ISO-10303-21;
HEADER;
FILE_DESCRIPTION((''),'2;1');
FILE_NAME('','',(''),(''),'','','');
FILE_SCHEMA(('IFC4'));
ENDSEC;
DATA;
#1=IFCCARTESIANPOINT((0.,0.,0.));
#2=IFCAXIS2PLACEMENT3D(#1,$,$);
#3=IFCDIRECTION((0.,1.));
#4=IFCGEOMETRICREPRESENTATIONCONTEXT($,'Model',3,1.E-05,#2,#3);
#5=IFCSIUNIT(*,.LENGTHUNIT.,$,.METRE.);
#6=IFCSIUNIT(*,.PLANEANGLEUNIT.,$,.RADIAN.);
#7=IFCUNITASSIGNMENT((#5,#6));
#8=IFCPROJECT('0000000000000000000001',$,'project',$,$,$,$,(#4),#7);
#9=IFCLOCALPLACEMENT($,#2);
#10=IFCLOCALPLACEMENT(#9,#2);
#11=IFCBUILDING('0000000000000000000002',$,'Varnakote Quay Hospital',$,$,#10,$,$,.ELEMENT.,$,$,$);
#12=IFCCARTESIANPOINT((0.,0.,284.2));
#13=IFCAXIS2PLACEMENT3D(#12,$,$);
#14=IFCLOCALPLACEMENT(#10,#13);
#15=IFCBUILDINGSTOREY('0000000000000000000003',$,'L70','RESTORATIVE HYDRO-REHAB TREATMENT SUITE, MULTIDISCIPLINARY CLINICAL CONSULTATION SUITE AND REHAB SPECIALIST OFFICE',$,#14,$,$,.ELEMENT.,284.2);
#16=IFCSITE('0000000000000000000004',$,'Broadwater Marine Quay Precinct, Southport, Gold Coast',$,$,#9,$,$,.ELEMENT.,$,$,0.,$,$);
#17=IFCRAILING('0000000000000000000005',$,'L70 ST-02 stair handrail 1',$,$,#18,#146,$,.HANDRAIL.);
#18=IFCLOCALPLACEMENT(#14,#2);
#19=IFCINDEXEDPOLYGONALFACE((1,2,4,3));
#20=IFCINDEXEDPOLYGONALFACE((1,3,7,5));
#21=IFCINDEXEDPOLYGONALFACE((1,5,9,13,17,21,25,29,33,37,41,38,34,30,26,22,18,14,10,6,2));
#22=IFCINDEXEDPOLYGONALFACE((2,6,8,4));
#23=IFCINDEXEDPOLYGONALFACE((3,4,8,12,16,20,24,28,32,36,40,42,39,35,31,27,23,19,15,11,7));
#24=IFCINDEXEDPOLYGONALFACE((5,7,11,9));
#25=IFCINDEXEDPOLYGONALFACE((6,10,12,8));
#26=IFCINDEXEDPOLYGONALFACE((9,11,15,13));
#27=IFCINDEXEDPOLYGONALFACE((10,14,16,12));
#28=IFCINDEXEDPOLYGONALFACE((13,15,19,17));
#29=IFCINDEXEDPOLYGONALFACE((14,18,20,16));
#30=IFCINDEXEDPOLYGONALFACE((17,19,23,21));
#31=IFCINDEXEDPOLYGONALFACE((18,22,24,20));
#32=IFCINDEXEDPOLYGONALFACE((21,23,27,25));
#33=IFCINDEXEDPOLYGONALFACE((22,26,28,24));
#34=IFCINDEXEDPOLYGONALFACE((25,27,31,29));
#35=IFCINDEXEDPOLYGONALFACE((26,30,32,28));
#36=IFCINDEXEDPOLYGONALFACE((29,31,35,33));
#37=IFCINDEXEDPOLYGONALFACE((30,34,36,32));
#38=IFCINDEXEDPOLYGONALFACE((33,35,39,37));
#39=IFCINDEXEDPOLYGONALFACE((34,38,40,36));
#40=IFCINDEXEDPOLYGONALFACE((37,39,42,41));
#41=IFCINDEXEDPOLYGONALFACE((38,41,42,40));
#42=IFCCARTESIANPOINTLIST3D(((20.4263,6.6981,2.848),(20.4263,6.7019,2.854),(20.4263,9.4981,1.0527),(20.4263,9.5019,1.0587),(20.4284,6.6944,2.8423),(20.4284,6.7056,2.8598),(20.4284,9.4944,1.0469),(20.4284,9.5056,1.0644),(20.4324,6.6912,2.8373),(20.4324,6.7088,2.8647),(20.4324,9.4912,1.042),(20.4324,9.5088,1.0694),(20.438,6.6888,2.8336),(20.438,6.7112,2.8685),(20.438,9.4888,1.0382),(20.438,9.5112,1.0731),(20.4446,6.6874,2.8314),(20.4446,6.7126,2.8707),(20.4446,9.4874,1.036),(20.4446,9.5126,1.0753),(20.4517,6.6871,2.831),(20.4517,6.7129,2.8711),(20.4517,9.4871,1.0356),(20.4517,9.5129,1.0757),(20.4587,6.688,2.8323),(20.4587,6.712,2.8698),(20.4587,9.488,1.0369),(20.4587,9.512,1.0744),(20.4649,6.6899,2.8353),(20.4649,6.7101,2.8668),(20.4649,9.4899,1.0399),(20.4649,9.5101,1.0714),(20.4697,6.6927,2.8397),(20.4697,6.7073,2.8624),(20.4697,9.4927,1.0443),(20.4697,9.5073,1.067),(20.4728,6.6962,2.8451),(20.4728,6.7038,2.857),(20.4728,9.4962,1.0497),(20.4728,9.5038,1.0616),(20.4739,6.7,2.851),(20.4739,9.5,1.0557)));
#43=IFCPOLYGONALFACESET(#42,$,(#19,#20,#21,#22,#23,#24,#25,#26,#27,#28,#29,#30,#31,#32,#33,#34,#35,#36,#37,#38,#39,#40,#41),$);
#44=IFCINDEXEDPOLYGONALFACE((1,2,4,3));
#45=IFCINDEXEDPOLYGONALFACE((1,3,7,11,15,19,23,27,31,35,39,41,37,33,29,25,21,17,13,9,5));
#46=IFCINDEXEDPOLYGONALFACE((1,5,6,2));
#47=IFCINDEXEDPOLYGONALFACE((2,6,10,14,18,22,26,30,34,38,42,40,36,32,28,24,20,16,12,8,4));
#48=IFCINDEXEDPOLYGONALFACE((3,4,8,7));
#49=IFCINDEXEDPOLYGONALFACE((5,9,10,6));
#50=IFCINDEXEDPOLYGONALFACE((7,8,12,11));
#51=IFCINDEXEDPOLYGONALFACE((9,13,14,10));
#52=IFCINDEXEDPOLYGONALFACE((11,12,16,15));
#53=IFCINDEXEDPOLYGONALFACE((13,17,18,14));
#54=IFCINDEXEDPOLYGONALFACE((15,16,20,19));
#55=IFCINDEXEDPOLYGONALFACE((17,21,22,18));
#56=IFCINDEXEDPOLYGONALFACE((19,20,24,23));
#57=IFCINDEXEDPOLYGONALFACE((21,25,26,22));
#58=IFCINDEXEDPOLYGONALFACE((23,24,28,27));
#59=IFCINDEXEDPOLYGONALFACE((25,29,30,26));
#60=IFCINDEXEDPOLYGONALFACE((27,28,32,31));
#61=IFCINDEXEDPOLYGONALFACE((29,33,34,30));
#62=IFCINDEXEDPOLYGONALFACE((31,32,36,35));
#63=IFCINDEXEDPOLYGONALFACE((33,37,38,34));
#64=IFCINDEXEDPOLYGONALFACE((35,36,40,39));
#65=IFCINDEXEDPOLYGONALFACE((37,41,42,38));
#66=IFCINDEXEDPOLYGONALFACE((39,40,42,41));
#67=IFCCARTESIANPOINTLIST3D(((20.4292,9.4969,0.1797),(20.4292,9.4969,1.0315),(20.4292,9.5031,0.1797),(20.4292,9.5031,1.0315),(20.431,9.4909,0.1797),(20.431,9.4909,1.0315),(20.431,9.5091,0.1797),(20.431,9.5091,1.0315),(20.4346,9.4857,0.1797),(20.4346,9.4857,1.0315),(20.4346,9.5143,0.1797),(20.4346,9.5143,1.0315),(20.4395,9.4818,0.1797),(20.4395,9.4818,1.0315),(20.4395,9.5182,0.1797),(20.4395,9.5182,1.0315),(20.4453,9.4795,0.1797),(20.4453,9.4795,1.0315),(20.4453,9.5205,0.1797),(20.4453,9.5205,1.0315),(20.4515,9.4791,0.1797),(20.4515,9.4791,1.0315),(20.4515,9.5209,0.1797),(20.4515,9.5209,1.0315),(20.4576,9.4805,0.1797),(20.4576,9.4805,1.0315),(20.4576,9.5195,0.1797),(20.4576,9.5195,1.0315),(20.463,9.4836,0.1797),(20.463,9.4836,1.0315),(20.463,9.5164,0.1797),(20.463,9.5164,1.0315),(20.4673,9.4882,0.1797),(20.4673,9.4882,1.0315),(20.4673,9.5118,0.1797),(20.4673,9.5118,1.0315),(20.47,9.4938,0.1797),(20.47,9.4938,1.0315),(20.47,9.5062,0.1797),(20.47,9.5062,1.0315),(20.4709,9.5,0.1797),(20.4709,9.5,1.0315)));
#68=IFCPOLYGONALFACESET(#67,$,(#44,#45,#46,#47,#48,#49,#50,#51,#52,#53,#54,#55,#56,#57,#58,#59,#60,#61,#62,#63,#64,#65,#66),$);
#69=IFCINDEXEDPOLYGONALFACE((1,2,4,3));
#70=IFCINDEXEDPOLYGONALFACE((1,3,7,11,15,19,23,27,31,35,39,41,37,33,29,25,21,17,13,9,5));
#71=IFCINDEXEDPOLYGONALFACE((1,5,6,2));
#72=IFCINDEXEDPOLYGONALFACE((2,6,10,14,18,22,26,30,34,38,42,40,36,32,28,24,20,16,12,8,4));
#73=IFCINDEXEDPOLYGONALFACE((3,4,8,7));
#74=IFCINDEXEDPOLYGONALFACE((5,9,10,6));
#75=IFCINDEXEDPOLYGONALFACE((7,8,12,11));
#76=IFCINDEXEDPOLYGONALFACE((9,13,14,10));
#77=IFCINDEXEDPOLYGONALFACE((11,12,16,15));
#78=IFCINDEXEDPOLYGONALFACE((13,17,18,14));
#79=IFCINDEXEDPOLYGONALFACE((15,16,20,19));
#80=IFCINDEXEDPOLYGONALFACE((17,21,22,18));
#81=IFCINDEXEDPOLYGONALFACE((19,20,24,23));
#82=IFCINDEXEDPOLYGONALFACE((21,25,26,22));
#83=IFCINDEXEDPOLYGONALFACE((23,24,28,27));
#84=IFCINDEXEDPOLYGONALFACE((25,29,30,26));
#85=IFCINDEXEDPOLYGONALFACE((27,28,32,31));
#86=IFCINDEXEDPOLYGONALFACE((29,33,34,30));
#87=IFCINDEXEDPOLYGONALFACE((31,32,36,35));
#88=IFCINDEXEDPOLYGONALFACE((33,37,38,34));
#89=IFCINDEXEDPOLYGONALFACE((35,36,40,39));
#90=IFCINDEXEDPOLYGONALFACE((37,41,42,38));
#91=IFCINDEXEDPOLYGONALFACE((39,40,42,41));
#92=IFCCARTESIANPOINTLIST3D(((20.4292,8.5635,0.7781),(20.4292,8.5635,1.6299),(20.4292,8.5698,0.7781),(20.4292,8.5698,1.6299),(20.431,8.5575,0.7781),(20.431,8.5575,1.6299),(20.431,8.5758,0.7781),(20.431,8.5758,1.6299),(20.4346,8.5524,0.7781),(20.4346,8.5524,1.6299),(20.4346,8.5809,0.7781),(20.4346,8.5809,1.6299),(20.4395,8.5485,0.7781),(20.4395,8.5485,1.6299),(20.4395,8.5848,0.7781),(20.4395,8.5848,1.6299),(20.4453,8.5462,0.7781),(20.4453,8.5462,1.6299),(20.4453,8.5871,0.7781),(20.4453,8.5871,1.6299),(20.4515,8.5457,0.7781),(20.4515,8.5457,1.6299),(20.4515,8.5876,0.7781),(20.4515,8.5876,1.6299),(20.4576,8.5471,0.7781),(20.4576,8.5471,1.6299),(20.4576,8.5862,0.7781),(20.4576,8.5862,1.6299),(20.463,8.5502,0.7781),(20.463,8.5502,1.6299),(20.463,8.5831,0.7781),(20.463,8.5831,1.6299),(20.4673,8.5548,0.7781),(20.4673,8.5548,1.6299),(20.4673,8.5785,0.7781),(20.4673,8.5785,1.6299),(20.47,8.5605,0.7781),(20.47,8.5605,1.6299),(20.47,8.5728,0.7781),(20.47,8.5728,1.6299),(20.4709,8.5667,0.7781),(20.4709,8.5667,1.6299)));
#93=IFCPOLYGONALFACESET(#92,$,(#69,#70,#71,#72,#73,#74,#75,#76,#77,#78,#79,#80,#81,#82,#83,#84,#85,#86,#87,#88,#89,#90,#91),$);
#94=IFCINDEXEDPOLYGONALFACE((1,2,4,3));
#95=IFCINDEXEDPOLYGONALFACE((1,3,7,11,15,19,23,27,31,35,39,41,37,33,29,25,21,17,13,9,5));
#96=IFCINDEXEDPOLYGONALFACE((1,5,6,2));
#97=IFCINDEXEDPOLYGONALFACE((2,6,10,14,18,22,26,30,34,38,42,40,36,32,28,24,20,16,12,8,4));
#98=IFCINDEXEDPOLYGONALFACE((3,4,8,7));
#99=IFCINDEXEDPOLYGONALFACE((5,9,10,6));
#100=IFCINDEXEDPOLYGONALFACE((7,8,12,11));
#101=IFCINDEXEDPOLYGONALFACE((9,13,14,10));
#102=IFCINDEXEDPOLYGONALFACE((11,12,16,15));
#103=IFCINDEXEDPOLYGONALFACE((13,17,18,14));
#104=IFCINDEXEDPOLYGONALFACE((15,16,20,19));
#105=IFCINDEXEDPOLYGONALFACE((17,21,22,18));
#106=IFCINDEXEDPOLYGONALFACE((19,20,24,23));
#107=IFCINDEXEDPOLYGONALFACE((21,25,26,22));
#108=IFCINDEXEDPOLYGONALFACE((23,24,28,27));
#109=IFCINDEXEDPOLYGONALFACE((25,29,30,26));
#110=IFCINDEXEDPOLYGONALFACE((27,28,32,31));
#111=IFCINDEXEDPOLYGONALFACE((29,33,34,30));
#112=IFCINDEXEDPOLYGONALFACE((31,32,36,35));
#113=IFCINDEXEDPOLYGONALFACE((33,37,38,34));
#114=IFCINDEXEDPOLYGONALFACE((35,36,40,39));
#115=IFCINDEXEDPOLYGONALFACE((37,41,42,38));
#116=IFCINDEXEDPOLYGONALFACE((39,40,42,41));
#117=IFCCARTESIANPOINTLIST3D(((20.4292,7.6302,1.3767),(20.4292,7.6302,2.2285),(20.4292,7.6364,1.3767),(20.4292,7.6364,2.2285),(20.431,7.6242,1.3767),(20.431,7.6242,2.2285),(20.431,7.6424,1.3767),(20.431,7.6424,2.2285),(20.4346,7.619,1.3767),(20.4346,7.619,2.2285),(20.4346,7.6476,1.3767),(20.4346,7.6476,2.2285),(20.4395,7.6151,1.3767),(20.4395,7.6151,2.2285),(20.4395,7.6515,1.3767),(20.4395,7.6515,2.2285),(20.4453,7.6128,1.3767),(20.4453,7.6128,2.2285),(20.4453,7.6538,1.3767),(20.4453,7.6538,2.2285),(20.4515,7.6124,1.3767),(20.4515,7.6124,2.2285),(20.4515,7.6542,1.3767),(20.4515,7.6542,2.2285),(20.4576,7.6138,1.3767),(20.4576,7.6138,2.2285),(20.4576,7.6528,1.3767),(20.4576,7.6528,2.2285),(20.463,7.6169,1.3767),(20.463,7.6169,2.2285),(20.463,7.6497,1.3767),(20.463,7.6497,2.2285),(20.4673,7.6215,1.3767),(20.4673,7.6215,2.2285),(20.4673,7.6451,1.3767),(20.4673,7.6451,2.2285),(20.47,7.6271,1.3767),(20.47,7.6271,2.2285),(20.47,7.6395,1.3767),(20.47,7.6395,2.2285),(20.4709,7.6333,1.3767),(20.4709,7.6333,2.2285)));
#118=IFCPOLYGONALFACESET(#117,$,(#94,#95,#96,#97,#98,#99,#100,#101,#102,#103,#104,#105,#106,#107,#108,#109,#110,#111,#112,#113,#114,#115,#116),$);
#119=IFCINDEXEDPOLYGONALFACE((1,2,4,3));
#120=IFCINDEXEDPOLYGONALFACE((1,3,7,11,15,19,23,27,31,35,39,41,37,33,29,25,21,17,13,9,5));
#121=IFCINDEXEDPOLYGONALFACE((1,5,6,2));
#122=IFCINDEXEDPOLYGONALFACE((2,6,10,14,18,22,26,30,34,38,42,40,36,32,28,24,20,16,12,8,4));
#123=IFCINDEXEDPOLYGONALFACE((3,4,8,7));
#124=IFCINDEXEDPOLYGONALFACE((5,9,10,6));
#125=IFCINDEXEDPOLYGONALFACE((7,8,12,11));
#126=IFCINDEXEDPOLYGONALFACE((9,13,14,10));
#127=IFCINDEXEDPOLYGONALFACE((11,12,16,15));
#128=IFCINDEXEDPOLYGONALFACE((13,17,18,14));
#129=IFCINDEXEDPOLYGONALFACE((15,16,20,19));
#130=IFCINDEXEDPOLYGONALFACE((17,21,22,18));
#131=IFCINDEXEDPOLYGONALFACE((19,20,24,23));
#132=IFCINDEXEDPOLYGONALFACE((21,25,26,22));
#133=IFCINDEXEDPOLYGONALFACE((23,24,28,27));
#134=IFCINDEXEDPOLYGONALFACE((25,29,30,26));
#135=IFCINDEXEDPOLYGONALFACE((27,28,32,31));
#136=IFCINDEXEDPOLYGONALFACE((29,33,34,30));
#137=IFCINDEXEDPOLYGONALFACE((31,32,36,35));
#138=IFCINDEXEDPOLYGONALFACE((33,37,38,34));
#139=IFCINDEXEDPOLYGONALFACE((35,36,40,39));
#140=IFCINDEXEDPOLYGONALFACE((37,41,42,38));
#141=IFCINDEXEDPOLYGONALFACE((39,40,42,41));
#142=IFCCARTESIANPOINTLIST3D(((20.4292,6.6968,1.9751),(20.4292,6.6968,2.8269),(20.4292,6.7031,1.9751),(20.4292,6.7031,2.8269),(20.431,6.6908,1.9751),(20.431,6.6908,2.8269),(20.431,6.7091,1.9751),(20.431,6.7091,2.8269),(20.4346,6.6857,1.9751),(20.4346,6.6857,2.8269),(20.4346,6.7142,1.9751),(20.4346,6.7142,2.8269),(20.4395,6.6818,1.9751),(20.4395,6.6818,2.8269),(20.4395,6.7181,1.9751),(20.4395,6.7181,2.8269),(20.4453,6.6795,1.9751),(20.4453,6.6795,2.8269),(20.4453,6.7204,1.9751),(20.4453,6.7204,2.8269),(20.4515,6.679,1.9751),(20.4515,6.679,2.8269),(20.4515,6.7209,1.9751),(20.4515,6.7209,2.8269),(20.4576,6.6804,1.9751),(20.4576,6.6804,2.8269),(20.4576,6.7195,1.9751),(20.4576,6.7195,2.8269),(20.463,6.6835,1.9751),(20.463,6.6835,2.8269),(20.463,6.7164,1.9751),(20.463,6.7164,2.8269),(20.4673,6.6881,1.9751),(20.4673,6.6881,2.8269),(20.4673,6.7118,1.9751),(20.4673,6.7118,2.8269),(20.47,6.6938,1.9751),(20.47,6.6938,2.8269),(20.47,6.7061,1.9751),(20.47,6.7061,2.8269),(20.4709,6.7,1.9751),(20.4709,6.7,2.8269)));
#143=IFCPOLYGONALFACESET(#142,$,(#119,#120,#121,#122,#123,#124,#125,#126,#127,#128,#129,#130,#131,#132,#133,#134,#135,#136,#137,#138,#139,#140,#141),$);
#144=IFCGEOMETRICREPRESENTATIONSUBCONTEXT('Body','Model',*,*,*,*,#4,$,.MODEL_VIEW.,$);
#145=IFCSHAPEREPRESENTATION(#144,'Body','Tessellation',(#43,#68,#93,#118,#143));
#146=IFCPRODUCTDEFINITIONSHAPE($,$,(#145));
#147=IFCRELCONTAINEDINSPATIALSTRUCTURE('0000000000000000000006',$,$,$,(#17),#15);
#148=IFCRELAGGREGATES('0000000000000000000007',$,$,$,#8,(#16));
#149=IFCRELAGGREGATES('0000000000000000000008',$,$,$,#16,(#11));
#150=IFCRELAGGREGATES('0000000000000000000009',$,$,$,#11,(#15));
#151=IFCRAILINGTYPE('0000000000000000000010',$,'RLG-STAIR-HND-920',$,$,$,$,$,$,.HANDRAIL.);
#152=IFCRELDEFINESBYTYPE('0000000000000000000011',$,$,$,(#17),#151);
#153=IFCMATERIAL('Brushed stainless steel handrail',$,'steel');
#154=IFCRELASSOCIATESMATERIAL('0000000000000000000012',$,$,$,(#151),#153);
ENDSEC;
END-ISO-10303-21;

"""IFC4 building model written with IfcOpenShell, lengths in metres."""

from ifc_helpers import new_model, si_unit, direction, frame, origin, origin_2d, place, context, subcontext, project, spatial, circle, extrude, material, type_object, element, save


model = new_model("IFC4")

# Units and contexts
model_context = context("Model", 3, precision=1e-05, world=origin(), true_north=direction((0.0, 1.0)))
body_context = subcontext(model_context, "Body", "Model", "MODEL_VIEW")
ifc_project = project(units=[si_unit("LENGTHUNIT", "METRE"), si_unit("PLANEANGLEUNIT", "RADIAN")], contexts=[model_context])

# Site, building, storey
site_placement = place(None, origin())
site = spatial("IfcSite", under=ifc_project, at=site_placement, Name="Broadwater Marine Quay Precinct, Southport, Gold Coast", CompositionType="ELEMENT", RefElevation=0.0)
building_placement = place(site_placement, origin())
building = spatial("IfcBuilding", under=site, at=building_placement, Name="Varnakote Quay Hospital", CompositionType="ELEMENT")
storey_placement = place(building_placement, frame((0.0, 0.0, 284.2)))
storey = spatial("IfcBuildingStorey", under=building, at=storey_placement, Name="L70", Description="RESTORATIVE HYDRO-REHAB TREATMENT SUITE, MULTIDISCIPLINARY CLINICAL CONSULTATION SUITE AND REHAB SPECIALIST OFFICE", CompositionType="ELEMENT", Elevation=284.2)

# Railing
ifc_material_1 = material(Name="Brushed stainless steel handrail", Category="steel")
railing_type_1 = type_object("IfcRailingType", Name="RLG-STAIR-HND-920", PredefinedType="HANDRAIL", material=ifc_material_1)
railing_1_placement = place(storey_placement, frame((20.45, 9.5, 0.1797)))
element("IfcRailing", 1, at=railing_1_placement, inside=storey, type_object=railing_type_1, Name="L70 ST-02 stair handrail 1", PredefinedType="HANDRAIL", context=body_context, shape_type="SweptSolid", body=[
    extrude(circle(Radius=0.0239, at=origin_2d()), frame((0.0, 0.0, 0.876), z_axis=(0.0, -0.84181, 0.539774), x_axis=(1.0, 0.0, 0.0)), (0.0, 0.0, 1.0), 3.3262),
    extrude(circle(Radius=0.021, at=origin_2d()), origin(), (0.0, 0.0, 1.0), 0.8518),
    extrude(circle(Radius=0.021, at=origin_2d()), frame((0.0, -0.9333, 0.5984)), (0.0, 0.0, 1.0), 0.8518),
    extrude(circle(Radius=0.021, at=origin_2d()), frame((0.0, -1.8667, 1.197)), (0.0, 0.0, 1.0), 0.8518),
    extrude(circle(Radius=0.021, at=origin_2d()), frame((0.0, -2.8, 1.7954)), (0.0, 0.0, 1.0), 0.8518),
])

save(model, "model.ifc")
